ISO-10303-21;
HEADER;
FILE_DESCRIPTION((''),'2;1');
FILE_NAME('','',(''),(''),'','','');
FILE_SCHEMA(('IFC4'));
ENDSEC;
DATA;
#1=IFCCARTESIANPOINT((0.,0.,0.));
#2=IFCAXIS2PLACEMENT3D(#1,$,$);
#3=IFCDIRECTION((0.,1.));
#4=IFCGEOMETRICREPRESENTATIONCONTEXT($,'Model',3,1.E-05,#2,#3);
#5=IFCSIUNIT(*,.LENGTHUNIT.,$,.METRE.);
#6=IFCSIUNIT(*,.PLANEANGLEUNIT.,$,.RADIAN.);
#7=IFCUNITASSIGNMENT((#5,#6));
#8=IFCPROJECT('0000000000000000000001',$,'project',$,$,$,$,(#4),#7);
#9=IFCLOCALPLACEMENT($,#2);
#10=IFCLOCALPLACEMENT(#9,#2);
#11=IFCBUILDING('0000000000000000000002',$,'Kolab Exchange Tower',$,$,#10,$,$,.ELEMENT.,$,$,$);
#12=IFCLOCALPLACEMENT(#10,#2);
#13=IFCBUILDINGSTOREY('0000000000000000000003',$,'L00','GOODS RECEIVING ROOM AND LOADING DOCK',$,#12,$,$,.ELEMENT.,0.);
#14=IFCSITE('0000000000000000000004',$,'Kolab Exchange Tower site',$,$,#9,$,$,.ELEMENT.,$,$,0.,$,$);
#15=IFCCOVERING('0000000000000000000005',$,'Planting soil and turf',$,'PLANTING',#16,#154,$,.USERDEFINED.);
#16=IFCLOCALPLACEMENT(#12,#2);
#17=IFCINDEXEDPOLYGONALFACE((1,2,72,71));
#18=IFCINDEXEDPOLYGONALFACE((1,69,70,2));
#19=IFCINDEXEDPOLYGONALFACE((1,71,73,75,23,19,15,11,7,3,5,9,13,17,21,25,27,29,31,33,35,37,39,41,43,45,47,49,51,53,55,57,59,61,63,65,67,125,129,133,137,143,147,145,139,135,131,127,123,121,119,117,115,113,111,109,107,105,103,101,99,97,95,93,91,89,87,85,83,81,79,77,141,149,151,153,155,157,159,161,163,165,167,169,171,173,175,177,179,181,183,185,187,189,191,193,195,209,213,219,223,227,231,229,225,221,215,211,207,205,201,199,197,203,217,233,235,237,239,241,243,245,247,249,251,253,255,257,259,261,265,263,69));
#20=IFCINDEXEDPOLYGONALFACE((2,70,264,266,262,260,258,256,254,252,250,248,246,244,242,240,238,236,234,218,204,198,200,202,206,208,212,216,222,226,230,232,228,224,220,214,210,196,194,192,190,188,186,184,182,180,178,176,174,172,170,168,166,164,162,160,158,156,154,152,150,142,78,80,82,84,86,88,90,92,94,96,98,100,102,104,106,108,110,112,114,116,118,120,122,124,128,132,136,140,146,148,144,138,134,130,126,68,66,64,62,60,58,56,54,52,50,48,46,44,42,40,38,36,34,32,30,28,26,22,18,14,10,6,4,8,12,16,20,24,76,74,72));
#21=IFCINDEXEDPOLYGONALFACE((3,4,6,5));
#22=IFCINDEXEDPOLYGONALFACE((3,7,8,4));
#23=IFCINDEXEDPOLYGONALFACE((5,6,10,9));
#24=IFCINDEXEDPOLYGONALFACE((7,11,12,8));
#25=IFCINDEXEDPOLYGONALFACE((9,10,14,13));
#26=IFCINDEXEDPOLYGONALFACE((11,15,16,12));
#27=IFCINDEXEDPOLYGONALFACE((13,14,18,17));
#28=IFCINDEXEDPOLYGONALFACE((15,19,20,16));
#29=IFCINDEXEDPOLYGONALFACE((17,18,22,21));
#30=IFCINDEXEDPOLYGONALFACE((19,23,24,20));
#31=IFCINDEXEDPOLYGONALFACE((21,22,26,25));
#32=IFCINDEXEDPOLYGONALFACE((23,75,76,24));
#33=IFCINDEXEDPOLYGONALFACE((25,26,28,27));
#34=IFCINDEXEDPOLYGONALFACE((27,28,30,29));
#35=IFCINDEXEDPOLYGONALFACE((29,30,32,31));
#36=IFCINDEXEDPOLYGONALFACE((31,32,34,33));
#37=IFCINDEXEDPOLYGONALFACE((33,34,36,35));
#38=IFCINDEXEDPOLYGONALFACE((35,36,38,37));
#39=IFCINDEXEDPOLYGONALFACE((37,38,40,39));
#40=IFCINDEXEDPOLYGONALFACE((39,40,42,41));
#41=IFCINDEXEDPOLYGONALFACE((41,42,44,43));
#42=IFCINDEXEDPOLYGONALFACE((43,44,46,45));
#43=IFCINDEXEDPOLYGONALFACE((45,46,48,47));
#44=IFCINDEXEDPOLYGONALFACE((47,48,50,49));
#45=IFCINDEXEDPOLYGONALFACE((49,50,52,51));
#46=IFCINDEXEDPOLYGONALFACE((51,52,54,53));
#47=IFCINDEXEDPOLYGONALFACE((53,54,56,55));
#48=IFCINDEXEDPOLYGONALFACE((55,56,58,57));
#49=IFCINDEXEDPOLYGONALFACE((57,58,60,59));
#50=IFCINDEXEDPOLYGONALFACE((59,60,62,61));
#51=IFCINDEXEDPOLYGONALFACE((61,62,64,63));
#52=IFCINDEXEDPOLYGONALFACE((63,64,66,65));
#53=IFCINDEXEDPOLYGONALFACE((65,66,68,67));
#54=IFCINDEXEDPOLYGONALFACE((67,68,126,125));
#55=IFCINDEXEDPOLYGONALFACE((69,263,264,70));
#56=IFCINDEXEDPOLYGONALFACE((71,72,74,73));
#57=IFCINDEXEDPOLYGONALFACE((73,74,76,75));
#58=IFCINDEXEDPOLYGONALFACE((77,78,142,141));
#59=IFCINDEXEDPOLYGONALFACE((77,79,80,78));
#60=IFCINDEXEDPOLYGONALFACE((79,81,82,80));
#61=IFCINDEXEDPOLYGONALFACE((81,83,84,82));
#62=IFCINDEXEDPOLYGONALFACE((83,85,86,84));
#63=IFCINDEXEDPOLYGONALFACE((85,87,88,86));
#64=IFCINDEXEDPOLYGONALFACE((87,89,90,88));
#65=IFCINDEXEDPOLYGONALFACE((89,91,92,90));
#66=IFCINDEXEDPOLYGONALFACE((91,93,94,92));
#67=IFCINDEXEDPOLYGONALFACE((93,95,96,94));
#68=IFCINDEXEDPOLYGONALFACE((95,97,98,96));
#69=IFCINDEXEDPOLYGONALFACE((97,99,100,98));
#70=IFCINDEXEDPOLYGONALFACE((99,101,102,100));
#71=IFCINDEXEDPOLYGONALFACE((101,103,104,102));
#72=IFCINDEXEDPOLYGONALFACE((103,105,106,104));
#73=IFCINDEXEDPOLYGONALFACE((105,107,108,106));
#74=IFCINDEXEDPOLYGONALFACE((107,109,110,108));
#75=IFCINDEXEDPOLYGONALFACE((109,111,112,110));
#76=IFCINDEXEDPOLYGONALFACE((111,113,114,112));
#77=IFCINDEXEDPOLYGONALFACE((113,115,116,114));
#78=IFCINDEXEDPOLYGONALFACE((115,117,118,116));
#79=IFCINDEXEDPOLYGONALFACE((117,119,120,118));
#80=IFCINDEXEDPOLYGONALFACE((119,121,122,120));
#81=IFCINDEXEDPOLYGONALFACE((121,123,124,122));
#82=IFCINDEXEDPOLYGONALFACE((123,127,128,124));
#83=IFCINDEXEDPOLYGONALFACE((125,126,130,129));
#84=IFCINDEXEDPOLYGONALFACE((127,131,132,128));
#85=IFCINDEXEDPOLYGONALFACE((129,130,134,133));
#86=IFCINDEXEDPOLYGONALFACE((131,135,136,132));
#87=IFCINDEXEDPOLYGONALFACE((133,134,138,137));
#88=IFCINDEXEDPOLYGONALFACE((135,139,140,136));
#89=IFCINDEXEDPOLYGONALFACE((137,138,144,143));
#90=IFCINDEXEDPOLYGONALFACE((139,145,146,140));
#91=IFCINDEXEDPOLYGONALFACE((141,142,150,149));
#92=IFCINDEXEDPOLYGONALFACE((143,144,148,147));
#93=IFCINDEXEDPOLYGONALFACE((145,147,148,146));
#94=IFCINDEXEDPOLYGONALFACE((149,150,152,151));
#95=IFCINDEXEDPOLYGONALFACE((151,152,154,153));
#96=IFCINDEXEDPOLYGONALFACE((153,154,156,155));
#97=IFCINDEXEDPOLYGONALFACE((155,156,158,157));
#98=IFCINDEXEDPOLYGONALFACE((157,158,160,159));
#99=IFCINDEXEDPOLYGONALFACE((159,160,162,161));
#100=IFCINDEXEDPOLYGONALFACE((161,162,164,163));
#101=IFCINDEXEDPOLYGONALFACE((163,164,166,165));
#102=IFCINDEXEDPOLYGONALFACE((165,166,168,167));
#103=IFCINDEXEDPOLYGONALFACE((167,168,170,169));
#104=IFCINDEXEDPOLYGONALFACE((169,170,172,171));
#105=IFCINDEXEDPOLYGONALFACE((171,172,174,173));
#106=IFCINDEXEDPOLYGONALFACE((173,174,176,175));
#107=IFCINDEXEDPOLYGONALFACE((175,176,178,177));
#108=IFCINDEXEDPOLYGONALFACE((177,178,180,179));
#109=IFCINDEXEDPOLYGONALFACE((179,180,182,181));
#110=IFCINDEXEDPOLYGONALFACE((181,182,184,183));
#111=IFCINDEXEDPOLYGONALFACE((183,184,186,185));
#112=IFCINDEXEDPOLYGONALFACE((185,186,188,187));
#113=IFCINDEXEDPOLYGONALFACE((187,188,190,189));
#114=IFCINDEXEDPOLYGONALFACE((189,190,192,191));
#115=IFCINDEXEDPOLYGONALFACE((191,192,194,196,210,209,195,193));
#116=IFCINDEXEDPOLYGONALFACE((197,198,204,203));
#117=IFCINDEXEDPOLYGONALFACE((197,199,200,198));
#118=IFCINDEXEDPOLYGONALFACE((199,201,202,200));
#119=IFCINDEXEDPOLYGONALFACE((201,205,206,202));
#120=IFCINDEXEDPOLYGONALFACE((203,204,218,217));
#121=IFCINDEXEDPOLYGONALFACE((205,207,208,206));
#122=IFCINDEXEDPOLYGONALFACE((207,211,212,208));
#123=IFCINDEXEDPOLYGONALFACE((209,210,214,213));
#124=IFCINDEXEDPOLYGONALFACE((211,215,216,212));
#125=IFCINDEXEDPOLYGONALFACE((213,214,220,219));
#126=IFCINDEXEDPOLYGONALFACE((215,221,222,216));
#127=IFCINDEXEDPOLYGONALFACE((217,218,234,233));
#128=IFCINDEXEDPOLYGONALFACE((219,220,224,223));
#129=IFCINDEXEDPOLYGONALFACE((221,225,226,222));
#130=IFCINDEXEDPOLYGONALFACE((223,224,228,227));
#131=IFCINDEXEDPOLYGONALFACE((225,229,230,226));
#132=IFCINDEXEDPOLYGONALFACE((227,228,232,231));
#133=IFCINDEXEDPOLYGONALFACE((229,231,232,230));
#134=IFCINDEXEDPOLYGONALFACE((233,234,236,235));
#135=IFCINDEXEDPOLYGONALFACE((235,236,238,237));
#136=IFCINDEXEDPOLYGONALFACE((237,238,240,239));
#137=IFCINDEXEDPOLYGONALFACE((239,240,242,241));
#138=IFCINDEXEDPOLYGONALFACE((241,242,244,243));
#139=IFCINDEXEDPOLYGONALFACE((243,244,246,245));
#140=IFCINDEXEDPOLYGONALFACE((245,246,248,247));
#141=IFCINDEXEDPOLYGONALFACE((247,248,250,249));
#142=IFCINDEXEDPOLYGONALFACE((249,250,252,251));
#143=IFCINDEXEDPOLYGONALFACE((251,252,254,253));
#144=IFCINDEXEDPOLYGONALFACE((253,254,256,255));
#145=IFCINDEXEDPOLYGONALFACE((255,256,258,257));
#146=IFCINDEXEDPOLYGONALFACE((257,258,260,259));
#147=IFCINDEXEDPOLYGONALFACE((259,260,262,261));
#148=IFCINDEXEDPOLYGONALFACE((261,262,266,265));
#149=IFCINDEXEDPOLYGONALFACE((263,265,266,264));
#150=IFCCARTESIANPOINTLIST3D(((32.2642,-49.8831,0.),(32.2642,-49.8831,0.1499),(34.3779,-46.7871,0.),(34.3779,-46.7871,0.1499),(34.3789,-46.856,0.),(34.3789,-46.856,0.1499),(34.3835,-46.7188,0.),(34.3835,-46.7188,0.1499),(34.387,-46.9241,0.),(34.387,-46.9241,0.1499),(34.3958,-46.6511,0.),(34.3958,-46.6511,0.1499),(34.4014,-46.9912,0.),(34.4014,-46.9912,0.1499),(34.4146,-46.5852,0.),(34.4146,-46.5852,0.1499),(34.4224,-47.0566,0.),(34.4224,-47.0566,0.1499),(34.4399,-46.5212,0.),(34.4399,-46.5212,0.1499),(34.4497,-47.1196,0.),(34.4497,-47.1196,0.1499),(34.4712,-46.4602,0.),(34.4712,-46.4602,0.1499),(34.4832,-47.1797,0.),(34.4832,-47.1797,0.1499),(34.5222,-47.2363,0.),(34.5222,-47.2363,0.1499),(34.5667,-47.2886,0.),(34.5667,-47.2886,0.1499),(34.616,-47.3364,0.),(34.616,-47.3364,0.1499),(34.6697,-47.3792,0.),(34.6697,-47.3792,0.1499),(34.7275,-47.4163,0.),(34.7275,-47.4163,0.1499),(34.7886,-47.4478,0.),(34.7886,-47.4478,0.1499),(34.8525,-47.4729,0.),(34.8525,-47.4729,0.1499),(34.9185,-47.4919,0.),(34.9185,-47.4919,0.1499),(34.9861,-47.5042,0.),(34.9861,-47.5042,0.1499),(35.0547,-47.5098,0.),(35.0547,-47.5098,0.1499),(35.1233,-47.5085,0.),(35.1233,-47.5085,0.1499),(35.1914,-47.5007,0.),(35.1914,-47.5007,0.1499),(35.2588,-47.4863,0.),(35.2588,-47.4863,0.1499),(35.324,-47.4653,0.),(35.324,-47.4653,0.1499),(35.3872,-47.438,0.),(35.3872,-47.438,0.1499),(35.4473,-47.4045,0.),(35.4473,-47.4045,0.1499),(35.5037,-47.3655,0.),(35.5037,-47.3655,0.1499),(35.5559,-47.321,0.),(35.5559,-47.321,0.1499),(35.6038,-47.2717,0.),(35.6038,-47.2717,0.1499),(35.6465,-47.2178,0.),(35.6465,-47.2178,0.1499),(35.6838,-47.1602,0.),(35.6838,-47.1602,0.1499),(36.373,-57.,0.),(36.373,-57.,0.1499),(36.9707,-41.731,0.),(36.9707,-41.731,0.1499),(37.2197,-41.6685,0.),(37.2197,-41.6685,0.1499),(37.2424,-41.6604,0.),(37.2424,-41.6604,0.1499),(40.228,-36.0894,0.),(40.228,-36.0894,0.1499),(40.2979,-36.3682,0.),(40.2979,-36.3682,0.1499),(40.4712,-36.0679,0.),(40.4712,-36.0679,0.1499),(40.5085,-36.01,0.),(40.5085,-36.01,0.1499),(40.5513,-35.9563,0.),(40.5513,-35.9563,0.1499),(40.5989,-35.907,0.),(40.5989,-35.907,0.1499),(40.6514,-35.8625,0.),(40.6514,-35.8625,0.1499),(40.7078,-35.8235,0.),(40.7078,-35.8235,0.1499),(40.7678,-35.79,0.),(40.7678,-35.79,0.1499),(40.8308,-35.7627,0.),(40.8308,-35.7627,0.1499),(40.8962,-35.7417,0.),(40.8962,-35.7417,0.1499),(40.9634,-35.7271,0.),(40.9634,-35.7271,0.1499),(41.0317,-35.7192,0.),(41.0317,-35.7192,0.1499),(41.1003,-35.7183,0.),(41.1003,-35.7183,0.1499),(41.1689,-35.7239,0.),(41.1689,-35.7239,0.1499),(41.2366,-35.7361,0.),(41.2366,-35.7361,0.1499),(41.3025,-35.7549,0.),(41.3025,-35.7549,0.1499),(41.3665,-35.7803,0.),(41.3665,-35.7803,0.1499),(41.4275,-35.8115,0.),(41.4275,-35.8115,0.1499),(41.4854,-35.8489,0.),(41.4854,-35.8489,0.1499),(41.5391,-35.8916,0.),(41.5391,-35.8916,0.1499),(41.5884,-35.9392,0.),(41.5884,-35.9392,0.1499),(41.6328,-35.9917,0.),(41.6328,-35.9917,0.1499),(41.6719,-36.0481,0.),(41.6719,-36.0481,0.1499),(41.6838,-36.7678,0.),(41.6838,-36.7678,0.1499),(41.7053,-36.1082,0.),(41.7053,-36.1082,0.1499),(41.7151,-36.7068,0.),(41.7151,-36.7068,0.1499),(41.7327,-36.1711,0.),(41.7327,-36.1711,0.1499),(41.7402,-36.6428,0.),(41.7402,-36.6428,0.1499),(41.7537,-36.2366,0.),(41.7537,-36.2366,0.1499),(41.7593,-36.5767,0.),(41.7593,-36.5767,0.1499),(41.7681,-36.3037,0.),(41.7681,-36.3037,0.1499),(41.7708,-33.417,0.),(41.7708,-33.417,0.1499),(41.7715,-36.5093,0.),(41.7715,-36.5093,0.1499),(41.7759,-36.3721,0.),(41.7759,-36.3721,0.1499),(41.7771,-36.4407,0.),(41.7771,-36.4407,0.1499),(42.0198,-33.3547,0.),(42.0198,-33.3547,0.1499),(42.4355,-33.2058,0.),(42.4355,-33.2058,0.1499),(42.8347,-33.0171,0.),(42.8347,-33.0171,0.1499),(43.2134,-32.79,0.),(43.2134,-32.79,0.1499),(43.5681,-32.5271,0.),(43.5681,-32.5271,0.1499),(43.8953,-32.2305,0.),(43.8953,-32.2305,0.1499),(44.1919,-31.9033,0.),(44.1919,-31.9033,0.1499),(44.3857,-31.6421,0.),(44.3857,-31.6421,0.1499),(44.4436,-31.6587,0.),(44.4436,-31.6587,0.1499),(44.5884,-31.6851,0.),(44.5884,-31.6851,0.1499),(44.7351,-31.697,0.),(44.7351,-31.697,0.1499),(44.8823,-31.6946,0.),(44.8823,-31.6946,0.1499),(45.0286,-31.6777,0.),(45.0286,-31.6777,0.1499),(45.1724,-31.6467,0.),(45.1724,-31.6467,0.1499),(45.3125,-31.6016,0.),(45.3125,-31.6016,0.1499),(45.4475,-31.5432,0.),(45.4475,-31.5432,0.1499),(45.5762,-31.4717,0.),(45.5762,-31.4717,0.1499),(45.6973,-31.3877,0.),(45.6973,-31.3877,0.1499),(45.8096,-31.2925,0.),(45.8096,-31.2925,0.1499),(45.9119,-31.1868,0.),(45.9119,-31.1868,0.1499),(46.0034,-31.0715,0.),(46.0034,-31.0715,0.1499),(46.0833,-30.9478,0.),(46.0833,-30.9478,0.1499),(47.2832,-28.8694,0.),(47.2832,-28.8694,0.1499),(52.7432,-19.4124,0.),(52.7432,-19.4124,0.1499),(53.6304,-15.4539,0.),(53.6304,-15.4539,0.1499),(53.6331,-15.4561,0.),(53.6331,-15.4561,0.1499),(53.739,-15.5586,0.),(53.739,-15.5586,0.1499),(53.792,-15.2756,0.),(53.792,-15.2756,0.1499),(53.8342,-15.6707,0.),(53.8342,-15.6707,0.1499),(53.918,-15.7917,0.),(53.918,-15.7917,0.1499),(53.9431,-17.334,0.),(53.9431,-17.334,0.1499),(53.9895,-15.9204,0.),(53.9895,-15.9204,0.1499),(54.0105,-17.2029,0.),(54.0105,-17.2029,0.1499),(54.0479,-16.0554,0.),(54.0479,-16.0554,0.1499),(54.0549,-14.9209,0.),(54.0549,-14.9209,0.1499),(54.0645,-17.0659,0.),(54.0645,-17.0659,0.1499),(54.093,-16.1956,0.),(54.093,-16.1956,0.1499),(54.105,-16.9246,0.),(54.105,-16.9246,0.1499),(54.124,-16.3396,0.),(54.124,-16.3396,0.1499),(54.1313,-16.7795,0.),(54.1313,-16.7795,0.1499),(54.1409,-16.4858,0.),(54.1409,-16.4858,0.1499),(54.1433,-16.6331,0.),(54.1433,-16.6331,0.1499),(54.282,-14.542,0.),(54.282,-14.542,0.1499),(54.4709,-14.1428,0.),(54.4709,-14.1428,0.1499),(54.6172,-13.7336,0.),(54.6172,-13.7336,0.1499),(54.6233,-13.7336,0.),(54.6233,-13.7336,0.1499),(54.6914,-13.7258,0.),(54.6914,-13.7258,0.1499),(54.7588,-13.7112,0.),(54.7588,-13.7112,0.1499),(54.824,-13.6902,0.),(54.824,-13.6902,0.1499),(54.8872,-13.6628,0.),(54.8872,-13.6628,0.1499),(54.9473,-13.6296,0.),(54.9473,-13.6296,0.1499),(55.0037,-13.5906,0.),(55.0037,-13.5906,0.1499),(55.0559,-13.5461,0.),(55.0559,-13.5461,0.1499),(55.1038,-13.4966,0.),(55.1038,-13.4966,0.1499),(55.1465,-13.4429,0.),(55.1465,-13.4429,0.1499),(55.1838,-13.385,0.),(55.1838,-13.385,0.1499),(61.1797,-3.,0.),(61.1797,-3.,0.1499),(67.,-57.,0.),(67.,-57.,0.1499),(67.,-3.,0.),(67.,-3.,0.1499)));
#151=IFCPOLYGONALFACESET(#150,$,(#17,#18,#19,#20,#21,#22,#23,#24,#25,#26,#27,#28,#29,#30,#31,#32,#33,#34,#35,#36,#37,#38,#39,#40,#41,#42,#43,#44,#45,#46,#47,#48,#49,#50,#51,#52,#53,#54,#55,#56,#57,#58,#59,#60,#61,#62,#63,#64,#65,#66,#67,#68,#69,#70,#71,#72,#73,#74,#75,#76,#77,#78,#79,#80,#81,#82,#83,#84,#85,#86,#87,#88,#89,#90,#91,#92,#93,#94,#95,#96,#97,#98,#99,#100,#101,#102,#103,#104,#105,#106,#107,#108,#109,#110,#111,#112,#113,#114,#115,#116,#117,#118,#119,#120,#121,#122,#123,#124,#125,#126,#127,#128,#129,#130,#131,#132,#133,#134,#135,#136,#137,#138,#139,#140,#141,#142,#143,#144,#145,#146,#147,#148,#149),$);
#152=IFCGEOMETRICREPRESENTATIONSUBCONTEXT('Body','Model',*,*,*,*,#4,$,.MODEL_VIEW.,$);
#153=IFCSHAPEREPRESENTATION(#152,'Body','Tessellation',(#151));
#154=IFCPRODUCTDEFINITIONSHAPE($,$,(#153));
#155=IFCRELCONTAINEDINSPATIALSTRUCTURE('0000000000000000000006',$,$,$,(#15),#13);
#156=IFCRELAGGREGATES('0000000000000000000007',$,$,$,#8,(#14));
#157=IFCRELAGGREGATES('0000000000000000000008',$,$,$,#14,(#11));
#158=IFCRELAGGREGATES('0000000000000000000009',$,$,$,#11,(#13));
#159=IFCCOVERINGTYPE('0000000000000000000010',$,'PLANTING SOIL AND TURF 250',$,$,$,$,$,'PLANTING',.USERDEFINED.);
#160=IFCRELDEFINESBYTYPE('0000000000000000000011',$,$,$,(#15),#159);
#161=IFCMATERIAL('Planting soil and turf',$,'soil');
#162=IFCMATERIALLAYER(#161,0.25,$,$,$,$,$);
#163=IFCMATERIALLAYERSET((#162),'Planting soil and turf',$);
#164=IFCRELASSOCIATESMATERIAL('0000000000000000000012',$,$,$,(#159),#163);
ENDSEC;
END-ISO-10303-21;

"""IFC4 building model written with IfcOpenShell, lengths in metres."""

from ifc_helpers import new_model, si_unit, direction, origin, place, context, subcontext, project, spatial, polyline, outline, extrude, material, layer, layer_set, type_object, element, save


model = new_model("IFC4")

# Units and contexts
model_context = context("Model", 3, precision=1e-05, world=origin(), true_north=direction((0.0, 1.0)))
body_context = subcontext(model_context, "Body", "Model", "MODEL_VIEW")
ifc_project = project(units=[si_unit("LENGTHUNIT", "METRE"), si_unit("PLANEANGLEUNIT", "RADIAN")], contexts=[model_context])

# Site, building, storey
site_placement = place(None, origin())
site = spatial("IfcSite", under=ifc_project, at=site_placement, Name="Kolab Exchange Tower site", CompositionType="ELEMENT", RefElevation=0.0)
building_placement = place(site_placement, origin())
building = spatial("IfcBuilding", under=site, at=building_placement, Name="Kolab Exchange Tower", CompositionType="ELEMENT")
storey_placement = place(building_placement, origin())
storey = spatial("IfcBuildingStorey", under=building, at=storey_placement, Name="L00", Description="GOODS RECEIVING ROOM AND LOADING DOCK", CompositionType="ELEMENT", Elevation=0.0)

# Covering
ifc_material_1 = material(Name="Planting soil and turf", Category="soil")
ifc_layer_1 = layer(ifc_material_1, 0.25)
ifc_layer_set_1 = layer_set([ifc_layer_1], Name="Planting soil and turf")
covering_type_1 = type_object("IfcCoveringType", Name="PLANTING SOIL AND TURF 250", ElementType="PLANTING", PredefinedType="USERDEFINED", material=ifc_layer_set_1)
covering_1_placement = place(storey_placement, origin())
element("IfcCovering", 1, at=covering_1_placement, inside=storey, type_object=covering_type_1, Name="Planting soil and turf", ObjectType="PLANTING", PredefinedType="USERDEFINED", context=body_context, shape_type="SweptSolid", body=[
    extrude(outline(polyline([(36.9707, -41.731), (37.2197, -41.6685), (37.2424, -41.6604), (34.4712, -46.4602), (34.4399, -46.5212), (34.4146, -46.5852), (34.3958, -46.6511), (34.3835, -46.7188), (34.3779, -46.7871), (34.3789, -46.856), (34.387, -46.9241), (34.4014, -46.9912), (34.4224, -47.0566), (34.4497, -47.1196), (34.4832, -47.1797), (34.5222, -47.2363), (34.5667, -47.2886), (34.616, -47.3364), (34.6697, -47.3792), (34.7275, -47.4163), (34.7886, -47.4478), (34.8525, -47.4729), (34.9185, -47.4919), (34.9861, -47.5042), (35.0547, -47.5098), (35.1233, -47.5085), (35.1914, -47.5007), (35.2588, -47.4863), (35.324, -47.4653), (35.3872, -47.438), (35.4473, -47.4045), (35.5037, -47.3655), (35.5559, -47.321), (35.6038, -47.2717), (35.6465, -47.2178), (35.6838, -47.1602), (41.6838, -36.7678), (41.7151, -36.7068), (41.7402, -36.6428), (41.7593, -36.5767), (41.7715, -36.5093), (41.7771, -36.4407), (41.7759, -36.3721), (41.7681, -36.3037), (41.7537, -36.2366), (41.7327, -36.1711), (41.7053, -36.1082), (41.6719, -36.0481), (41.6328, -35.9917), (41.5884, -35.9392), (41.5391, -35.8916), (41.4854, -35.8489), (41.4275, -35.8115), (41.3665, -35.7803), (41.3025, -35.7549), (41.2366, -35.7361), (41.1689, -35.7239), (41.1003, -35.7183), (41.0317, -35.7192), (40.9634, -35.7271), (40.8962, -35.7417), (40.8308, -35.7627), (40.7678, -35.79), (40.7078, -35.8235), (40.6514, -35.8625), (40.5989, -35.907), (40.5513, -35.9563), (40.5085, -36.01), (40.4712, -36.0679), (40.2979, -36.3682), (40.228, -36.0894), (41.7708, -33.417), (42.0198, -33.3547), (42.4355, -33.2058), (42.8347, -33.0171), (43.2134, -32.79), (43.5681, -32.5271), (43.8953, -32.2305), (44.1919, -31.9033), (44.3857, -31.6421), (44.4436, -31.6587), (44.5884, -31.6851), (44.7351, -31.697), (44.8823, -31.6946), (45.0286, -31.6777), (45.1724, -31.6467), (45.3125, -31.6016), (45.4475, -31.5432), (45.5762, -31.4717), (45.6973, -31.3877), (45.8096, -31.2925), (45.9119, -31.1868), (46.0034, -31.0715), (46.0833, -30.9478), (47.2832, -28.8694), (52.7432, -19.4124), (52.7432, -19.4124), (53.9431, -17.334), (54.0105, -17.2029), (54.0645, -17.0659), (54.105, -16.9246), (54.1313, -16.7795), (54.1433, -16.6331), (54.1409, -16.4858), (54.124, -16.3396), (54.093, -16.1956), (54.0479, -16.0554), (53.9895, -15.9204), (53.918, -15.7917), (53.8342, -15.6707), (53.739, -15.5586), (53.6331, -15.4561), (53.6304, -15.4539), (53.792, -15.2756), (54.0549, -14.9209), (54.282, -14.542), (54.4709, -14.1428), (54.6172, -13.7336), (54.6233, -13.7336), (54.6914, -13.7258), (54.7588, -13.7112), (54.824, -13.6902), (54.8872, -13.6628), (54.9473, -13.6296), (55.0037, -13.5906), (55.0559, -13.5461), (55.1038, -13.4966), (55.1465, -13.4429), (55.1838, -13.385), (61.1797, -3.0), (67.0, -3.0), (67.0, -57.0), (36.373, -57.0), (32.2642, -49.8831), (36.9707, -41.731)])), origin(), (0.0, 0.0, 1.0), 0.1499),
])

save(model, "model.ifc")
